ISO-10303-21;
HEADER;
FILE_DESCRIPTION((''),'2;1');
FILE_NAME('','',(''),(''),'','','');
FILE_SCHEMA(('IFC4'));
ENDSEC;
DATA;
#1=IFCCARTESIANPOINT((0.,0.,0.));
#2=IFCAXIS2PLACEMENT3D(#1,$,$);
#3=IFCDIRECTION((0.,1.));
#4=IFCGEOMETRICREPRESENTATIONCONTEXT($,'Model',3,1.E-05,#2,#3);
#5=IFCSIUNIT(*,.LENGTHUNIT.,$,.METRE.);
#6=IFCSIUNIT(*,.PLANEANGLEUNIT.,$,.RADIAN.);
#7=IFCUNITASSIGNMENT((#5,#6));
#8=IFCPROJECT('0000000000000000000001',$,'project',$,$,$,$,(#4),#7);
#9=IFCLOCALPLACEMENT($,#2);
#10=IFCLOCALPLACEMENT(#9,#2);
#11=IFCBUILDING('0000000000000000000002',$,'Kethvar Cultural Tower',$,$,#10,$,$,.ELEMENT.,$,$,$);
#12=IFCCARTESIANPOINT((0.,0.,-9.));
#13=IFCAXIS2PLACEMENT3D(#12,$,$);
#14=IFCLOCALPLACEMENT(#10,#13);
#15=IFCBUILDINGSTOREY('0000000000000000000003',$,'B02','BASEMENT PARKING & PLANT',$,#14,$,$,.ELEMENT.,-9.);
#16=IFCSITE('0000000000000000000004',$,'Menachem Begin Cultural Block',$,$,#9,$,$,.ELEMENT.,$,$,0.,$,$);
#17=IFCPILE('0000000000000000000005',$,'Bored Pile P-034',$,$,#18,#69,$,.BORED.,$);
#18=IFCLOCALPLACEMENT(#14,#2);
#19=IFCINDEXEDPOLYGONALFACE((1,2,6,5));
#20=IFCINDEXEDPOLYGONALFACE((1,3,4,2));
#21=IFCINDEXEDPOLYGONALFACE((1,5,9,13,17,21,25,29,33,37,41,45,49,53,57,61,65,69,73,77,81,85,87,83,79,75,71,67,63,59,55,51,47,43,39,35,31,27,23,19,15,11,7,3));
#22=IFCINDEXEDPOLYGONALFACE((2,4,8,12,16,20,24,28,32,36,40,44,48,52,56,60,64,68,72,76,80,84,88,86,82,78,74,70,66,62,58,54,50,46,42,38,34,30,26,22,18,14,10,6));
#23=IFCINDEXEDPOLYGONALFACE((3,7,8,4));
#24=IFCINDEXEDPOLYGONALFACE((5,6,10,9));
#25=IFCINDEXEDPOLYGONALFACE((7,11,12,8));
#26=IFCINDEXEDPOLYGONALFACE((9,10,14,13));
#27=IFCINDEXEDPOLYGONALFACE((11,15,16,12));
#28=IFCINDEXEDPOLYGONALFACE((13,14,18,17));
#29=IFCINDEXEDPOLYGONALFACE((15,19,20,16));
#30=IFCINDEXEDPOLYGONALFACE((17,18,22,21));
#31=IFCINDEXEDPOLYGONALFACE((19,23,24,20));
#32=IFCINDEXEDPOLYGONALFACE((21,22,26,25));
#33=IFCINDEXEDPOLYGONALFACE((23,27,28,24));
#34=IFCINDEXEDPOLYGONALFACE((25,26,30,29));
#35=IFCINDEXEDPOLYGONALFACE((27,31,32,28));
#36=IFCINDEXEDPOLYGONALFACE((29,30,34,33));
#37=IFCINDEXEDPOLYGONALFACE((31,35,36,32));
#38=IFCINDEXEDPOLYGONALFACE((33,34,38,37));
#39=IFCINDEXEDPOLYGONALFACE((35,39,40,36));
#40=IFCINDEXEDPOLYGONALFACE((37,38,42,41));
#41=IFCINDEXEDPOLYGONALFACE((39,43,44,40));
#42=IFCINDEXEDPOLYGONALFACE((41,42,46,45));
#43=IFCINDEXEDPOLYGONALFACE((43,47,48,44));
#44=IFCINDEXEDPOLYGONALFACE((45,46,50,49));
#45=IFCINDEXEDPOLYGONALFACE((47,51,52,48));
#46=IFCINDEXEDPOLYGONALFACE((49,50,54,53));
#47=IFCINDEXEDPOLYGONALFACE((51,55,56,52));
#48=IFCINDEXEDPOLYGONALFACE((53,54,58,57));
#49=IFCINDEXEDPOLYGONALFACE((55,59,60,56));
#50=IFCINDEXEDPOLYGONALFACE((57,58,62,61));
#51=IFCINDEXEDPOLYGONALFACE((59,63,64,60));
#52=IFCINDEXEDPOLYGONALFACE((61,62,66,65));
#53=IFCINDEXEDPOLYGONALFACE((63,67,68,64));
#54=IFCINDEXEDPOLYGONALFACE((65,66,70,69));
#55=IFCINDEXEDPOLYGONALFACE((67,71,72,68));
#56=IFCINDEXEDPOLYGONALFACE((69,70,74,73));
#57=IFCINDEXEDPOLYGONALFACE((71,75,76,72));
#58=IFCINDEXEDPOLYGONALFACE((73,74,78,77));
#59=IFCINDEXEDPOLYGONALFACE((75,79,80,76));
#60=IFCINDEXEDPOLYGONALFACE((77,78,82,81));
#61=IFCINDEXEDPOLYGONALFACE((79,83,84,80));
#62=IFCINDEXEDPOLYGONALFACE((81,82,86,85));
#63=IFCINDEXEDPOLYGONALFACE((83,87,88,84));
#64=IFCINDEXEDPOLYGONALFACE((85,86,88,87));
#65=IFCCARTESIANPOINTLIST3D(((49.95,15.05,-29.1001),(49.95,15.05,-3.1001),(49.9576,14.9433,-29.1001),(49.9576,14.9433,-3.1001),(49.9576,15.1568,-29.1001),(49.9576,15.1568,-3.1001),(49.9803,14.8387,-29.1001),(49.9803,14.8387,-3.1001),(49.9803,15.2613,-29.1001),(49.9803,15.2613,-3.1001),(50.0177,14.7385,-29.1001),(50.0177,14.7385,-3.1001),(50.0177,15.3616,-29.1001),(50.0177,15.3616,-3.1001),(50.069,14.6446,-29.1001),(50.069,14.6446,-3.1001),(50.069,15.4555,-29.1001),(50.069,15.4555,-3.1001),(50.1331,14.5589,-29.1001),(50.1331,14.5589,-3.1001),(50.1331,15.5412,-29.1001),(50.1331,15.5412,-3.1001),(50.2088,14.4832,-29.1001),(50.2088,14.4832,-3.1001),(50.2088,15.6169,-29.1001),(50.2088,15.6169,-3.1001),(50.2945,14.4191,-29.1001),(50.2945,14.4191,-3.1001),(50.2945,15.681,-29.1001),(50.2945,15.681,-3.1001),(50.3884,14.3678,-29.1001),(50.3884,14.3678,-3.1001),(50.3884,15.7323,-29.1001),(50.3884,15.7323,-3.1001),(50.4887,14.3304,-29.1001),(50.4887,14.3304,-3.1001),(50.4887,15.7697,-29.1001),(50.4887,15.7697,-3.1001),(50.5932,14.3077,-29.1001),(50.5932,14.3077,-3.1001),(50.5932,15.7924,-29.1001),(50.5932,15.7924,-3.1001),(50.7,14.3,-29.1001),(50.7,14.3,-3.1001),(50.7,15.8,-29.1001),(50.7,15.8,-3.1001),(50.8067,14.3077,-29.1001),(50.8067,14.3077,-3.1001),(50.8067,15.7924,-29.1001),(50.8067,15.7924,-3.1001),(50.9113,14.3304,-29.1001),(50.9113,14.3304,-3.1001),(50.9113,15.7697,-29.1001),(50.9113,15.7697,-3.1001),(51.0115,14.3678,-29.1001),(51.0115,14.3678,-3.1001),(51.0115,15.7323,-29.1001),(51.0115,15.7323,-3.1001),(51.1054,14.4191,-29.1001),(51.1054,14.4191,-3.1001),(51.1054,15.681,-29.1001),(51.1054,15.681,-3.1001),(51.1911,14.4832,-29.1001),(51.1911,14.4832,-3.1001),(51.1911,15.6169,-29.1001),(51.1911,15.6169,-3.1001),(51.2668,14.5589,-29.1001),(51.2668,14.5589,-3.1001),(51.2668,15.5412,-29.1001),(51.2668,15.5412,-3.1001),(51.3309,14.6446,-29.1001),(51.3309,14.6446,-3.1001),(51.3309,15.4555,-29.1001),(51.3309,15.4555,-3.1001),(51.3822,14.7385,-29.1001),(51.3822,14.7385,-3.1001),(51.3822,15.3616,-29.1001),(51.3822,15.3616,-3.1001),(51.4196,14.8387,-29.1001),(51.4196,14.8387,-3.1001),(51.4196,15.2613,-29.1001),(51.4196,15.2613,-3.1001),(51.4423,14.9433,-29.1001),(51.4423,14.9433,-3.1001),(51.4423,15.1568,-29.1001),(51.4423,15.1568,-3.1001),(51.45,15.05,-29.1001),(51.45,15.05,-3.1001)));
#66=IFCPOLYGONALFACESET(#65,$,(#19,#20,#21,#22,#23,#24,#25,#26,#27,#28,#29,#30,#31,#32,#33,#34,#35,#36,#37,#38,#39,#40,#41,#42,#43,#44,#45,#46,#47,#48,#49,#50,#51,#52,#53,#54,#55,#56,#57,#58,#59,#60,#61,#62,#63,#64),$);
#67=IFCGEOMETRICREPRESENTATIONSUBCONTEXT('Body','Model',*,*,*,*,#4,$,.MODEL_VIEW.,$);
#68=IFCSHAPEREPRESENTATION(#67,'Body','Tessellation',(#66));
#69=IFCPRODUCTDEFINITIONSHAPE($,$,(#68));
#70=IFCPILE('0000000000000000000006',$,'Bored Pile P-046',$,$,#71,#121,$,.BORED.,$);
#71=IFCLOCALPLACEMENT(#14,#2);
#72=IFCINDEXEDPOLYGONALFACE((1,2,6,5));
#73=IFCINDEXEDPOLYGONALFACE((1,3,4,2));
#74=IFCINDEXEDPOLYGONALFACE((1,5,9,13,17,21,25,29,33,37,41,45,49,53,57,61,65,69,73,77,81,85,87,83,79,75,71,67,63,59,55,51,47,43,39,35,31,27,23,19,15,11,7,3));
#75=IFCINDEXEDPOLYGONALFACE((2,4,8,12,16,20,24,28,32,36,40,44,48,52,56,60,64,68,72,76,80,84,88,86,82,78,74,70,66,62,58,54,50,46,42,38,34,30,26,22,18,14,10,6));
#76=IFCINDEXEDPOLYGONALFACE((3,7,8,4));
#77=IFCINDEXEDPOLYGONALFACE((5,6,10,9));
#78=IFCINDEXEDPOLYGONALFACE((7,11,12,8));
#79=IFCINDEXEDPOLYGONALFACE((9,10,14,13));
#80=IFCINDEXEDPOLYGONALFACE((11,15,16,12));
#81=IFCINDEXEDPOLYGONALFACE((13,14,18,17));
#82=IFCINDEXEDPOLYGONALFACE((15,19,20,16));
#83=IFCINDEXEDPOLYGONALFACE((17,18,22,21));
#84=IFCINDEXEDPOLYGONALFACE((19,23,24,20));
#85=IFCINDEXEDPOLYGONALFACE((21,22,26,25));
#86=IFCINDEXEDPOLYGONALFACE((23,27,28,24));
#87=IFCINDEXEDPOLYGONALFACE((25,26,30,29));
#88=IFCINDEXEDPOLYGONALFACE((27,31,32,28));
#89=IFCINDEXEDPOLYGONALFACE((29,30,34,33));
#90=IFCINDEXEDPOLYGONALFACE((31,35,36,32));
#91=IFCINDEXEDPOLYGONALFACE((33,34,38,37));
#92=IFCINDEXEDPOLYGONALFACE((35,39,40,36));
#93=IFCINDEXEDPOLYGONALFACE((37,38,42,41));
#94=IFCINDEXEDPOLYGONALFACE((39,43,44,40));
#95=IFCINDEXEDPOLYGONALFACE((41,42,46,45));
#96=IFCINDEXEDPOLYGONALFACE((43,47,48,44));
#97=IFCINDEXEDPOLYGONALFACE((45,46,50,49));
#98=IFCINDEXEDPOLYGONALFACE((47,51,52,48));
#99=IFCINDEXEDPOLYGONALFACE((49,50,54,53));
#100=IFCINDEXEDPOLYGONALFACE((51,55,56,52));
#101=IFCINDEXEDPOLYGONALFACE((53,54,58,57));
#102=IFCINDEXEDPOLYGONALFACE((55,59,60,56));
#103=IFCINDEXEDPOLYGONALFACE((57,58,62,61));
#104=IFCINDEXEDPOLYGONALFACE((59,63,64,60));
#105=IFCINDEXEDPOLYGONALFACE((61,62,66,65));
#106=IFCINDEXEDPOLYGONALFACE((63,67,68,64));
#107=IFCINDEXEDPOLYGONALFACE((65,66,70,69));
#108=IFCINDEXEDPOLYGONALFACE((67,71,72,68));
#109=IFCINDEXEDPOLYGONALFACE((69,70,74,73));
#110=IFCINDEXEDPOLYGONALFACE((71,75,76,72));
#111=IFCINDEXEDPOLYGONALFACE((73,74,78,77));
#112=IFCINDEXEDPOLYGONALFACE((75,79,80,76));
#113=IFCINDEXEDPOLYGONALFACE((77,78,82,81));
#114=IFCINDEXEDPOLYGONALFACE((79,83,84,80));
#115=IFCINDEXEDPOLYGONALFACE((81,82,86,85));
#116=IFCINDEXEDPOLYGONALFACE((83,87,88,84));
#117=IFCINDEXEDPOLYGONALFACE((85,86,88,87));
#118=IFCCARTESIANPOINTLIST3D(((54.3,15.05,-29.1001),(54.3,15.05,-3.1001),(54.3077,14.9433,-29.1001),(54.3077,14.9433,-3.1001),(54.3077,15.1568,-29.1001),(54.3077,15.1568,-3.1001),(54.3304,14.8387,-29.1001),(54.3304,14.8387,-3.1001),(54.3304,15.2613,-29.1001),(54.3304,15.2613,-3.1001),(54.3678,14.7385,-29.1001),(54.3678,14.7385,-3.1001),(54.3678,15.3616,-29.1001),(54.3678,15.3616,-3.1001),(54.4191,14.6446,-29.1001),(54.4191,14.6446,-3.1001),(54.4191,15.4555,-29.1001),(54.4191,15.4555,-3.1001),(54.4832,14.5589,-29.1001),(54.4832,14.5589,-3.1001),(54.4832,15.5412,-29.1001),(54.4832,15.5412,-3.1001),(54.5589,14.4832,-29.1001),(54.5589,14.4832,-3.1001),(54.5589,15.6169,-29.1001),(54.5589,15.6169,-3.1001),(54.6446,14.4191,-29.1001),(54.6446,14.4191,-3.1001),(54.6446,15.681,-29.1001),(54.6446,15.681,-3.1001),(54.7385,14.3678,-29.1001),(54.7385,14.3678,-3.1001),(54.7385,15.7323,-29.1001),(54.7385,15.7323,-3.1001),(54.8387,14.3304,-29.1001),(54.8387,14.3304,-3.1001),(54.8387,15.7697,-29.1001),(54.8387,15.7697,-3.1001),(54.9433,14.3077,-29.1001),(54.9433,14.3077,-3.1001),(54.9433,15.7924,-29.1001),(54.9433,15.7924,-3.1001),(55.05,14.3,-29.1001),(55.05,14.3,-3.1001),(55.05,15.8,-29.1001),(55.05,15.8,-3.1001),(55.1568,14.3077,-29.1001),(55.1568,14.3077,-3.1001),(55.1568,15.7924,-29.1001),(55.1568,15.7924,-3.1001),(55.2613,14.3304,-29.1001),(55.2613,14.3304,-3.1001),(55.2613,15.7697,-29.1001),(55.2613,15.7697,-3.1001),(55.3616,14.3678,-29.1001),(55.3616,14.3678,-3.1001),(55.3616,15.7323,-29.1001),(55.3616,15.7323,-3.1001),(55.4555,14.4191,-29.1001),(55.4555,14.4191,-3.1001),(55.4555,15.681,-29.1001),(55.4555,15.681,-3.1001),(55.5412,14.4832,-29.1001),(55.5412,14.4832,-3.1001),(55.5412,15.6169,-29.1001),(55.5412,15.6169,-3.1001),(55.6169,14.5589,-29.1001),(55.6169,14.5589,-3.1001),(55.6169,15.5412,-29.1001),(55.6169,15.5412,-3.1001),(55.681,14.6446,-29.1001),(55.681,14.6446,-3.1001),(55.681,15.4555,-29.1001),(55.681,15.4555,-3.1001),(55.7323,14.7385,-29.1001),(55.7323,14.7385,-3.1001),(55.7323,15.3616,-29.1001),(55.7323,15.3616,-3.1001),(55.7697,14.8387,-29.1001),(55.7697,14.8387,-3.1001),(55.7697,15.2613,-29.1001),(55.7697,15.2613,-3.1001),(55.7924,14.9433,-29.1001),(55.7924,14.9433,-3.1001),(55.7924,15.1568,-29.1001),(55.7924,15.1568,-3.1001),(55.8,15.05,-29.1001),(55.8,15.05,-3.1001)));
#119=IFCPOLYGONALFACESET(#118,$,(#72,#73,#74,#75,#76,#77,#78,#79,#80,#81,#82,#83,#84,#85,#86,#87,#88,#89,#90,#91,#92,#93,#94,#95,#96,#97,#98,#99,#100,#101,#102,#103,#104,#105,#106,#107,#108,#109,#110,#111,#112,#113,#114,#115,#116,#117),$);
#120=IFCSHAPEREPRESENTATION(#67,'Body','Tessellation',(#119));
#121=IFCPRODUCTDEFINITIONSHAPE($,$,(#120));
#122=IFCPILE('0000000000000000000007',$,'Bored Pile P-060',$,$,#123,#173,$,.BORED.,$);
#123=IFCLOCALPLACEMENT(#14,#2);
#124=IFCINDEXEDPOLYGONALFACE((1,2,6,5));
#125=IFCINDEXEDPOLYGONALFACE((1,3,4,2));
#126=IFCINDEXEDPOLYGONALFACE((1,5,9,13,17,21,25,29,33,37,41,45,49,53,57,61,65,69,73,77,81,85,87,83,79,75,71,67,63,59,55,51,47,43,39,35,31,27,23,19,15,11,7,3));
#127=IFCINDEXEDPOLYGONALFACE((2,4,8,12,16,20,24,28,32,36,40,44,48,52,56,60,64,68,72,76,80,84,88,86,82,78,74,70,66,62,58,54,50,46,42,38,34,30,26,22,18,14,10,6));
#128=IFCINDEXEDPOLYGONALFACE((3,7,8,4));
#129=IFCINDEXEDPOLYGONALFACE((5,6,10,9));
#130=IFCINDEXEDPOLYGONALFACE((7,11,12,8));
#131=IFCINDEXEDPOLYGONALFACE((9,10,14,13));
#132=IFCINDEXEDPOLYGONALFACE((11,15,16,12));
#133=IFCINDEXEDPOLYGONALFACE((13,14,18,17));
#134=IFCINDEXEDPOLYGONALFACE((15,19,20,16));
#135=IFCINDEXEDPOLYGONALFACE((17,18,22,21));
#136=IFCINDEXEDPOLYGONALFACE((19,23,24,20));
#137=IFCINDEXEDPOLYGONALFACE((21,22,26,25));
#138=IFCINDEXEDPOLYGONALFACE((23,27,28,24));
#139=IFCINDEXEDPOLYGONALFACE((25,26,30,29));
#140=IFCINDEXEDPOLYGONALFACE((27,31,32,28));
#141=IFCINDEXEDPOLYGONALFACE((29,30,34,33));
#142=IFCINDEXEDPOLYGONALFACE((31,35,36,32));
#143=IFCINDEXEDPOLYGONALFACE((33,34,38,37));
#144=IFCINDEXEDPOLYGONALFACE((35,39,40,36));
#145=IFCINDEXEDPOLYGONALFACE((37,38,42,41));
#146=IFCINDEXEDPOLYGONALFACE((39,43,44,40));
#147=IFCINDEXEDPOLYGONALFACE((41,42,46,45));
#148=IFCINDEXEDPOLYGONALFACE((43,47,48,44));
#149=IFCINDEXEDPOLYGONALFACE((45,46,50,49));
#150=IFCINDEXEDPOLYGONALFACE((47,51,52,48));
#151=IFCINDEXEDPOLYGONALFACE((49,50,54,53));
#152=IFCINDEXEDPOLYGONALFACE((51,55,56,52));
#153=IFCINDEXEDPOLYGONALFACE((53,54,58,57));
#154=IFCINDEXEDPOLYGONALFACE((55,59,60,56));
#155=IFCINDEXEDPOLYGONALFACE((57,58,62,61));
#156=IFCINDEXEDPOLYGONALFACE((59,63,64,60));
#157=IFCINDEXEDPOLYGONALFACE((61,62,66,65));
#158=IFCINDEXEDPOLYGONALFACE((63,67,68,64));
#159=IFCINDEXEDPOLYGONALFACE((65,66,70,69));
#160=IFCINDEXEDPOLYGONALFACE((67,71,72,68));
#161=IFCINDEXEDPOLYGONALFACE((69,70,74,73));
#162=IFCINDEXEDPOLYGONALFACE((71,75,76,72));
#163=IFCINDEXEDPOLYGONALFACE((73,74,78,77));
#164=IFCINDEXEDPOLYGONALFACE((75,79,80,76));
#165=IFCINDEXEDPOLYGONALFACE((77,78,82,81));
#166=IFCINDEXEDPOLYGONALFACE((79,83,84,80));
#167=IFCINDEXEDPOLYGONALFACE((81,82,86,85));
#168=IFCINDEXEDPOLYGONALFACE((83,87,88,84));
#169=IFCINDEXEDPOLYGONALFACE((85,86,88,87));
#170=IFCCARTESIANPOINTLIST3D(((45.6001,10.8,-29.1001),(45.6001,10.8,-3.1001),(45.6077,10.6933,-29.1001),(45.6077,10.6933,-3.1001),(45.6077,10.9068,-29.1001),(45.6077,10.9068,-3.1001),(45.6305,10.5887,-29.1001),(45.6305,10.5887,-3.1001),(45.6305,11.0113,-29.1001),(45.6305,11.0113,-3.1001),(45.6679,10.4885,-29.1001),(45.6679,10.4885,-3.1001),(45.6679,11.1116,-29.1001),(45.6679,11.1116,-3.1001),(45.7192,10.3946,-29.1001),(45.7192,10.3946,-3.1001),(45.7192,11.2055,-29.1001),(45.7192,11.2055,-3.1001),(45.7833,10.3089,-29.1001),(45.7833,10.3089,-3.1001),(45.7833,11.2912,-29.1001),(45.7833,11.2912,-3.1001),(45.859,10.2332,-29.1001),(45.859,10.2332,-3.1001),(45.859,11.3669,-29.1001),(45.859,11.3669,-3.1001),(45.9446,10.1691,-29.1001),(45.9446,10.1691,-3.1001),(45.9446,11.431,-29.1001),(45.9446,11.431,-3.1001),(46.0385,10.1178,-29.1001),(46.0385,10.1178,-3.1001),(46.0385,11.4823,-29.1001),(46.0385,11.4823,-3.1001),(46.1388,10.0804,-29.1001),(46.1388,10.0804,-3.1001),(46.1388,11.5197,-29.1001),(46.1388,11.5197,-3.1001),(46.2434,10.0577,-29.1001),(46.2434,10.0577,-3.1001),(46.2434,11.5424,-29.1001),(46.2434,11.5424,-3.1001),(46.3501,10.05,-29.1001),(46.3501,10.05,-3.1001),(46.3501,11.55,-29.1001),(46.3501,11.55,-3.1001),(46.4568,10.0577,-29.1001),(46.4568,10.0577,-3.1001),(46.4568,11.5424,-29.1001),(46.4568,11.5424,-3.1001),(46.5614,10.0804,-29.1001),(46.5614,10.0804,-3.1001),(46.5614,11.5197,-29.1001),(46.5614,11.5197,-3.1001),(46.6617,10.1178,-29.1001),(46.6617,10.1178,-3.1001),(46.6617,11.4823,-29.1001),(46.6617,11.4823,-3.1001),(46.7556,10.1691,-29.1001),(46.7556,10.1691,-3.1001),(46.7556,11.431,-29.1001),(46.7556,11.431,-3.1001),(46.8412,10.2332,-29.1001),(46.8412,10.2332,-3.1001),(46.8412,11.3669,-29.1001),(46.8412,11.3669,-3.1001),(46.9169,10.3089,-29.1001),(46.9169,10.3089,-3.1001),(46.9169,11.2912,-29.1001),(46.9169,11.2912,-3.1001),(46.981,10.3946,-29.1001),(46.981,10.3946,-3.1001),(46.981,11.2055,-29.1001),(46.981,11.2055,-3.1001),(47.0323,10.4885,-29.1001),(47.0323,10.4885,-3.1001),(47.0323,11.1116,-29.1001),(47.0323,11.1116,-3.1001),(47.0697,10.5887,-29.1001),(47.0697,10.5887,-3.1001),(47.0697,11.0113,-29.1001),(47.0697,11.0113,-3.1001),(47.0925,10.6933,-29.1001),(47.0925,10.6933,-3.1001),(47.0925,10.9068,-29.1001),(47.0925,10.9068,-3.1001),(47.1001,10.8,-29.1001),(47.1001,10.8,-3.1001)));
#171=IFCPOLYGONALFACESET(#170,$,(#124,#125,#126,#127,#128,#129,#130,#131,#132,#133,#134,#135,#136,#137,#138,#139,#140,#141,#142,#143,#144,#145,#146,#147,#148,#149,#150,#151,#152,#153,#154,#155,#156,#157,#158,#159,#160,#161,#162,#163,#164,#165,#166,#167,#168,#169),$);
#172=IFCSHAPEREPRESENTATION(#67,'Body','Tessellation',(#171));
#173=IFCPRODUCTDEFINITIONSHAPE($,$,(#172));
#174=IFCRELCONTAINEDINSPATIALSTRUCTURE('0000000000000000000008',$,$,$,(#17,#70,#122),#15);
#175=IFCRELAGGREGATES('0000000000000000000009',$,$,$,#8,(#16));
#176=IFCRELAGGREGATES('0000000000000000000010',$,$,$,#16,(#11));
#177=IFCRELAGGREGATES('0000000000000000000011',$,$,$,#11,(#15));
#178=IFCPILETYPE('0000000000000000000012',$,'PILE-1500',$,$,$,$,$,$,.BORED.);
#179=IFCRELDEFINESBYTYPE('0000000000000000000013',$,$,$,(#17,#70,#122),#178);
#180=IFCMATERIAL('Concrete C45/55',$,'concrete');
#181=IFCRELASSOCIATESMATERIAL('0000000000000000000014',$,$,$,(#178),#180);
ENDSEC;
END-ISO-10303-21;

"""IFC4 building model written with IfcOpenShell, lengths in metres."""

from ifc_helpers import new_model, si_unit, direction, frame, origin, origin_2d, place, context, subcontext, project, spatial, circle, extrude, source, transform, mapped, material, material_profile, profile_set, type_object, element, save


model = new_model("IFC4")

# Units and contexts
model_context = context("Model", 3, precision=1e-05, world=origin(), true_north=direction((0.0, 1.0)))
body_context = subcontext(model_context, "Body", "Model", "MODEL_VIEW")
ifc_project = project(units=[si_unit("LENGTHUNIT", "METRE"), si_unit("PLANEANGLEUNIT", "RADIAN")], contexts=[model_context])

# Site, building, storey
site_placement = place(None, origin())
site = spatial("IfcSite", under=ifc_project, at=site_placement, Name="Menachem Begin Cultural Block", CompositionType="ELEMENT", RefElevation=0.0)
building_placement = place(site_placement, origin())
building = spatial("IfcBuilding", under=site, at=building_placement, Name="Kethvar Cultural Tower", CompositionType="ELEMENT")
storey_placement = place(building_placement, frame((0.0, 0.0, -9.0)))
storey = spatial("IfcBuildingStorey", under=building, at=storey_placement, Name="B02", Description="BASEMENT PARKING & PLANT", CompositionType="ELEMENT", Elevation=-9.0)

# Piles
ifc_material_1 = material(Name="Concrete C45/55", Category="concrete")
ifc_material_profile_1 = material_profile(ifc_material_1, circle(Radius=0.75, at=origin_2d()), Name="Concrete C45/55 — PILE1500")
ifc_profile_set_1 = profile_set([ifc_material_profile_1], Name="Concrete C45/55 — PILE1500")
pile_type = type_object("IfcPileType", Name="PILE-1500", PredefinedType="BORED", material=ifc_profile_set_1)
shared_shape_1 = source(origin(), body_context, "Body", "SweptSolid", [
    extrude(circle(Radius=0.75, at=origin_2d()), origin(), (0.0, 0.0, 1.0), 26.0),
])
for number, where, z_axis, x_axis, name in (
    (1, (50.7, 15.05, -3.1001), (0.0, 0.0, -1.0), (1.0, 0.0, 0.0), "Bored Pile P-034"),
    (2, (55.05, 15.05, -3.1001), (0.0, 0.0, -1.0), (1.0, 0.0, 0.0), "Bored Pile P-046"),
    (3, (46.3501, 10.8, -3.1001), (0.0, 0.0, -1.0), (1.0, 0.0, 0.0), "Bored Pile P-060"),
):
    element("IfcPile", number, at=place(storey_placement, frame(where, z_axis=z_axis, x_axis=x_axis)), inside=storey, type_object=pile_type, Name=name, PredefinedType="BORED", context=body_context, shape_type="MappedRepresentation", body=[
        mapped(shared_shape_1, transform((0.0, 0.0, 0.0), scale=1.0)),
    ])

save(model, "model.ifc")
